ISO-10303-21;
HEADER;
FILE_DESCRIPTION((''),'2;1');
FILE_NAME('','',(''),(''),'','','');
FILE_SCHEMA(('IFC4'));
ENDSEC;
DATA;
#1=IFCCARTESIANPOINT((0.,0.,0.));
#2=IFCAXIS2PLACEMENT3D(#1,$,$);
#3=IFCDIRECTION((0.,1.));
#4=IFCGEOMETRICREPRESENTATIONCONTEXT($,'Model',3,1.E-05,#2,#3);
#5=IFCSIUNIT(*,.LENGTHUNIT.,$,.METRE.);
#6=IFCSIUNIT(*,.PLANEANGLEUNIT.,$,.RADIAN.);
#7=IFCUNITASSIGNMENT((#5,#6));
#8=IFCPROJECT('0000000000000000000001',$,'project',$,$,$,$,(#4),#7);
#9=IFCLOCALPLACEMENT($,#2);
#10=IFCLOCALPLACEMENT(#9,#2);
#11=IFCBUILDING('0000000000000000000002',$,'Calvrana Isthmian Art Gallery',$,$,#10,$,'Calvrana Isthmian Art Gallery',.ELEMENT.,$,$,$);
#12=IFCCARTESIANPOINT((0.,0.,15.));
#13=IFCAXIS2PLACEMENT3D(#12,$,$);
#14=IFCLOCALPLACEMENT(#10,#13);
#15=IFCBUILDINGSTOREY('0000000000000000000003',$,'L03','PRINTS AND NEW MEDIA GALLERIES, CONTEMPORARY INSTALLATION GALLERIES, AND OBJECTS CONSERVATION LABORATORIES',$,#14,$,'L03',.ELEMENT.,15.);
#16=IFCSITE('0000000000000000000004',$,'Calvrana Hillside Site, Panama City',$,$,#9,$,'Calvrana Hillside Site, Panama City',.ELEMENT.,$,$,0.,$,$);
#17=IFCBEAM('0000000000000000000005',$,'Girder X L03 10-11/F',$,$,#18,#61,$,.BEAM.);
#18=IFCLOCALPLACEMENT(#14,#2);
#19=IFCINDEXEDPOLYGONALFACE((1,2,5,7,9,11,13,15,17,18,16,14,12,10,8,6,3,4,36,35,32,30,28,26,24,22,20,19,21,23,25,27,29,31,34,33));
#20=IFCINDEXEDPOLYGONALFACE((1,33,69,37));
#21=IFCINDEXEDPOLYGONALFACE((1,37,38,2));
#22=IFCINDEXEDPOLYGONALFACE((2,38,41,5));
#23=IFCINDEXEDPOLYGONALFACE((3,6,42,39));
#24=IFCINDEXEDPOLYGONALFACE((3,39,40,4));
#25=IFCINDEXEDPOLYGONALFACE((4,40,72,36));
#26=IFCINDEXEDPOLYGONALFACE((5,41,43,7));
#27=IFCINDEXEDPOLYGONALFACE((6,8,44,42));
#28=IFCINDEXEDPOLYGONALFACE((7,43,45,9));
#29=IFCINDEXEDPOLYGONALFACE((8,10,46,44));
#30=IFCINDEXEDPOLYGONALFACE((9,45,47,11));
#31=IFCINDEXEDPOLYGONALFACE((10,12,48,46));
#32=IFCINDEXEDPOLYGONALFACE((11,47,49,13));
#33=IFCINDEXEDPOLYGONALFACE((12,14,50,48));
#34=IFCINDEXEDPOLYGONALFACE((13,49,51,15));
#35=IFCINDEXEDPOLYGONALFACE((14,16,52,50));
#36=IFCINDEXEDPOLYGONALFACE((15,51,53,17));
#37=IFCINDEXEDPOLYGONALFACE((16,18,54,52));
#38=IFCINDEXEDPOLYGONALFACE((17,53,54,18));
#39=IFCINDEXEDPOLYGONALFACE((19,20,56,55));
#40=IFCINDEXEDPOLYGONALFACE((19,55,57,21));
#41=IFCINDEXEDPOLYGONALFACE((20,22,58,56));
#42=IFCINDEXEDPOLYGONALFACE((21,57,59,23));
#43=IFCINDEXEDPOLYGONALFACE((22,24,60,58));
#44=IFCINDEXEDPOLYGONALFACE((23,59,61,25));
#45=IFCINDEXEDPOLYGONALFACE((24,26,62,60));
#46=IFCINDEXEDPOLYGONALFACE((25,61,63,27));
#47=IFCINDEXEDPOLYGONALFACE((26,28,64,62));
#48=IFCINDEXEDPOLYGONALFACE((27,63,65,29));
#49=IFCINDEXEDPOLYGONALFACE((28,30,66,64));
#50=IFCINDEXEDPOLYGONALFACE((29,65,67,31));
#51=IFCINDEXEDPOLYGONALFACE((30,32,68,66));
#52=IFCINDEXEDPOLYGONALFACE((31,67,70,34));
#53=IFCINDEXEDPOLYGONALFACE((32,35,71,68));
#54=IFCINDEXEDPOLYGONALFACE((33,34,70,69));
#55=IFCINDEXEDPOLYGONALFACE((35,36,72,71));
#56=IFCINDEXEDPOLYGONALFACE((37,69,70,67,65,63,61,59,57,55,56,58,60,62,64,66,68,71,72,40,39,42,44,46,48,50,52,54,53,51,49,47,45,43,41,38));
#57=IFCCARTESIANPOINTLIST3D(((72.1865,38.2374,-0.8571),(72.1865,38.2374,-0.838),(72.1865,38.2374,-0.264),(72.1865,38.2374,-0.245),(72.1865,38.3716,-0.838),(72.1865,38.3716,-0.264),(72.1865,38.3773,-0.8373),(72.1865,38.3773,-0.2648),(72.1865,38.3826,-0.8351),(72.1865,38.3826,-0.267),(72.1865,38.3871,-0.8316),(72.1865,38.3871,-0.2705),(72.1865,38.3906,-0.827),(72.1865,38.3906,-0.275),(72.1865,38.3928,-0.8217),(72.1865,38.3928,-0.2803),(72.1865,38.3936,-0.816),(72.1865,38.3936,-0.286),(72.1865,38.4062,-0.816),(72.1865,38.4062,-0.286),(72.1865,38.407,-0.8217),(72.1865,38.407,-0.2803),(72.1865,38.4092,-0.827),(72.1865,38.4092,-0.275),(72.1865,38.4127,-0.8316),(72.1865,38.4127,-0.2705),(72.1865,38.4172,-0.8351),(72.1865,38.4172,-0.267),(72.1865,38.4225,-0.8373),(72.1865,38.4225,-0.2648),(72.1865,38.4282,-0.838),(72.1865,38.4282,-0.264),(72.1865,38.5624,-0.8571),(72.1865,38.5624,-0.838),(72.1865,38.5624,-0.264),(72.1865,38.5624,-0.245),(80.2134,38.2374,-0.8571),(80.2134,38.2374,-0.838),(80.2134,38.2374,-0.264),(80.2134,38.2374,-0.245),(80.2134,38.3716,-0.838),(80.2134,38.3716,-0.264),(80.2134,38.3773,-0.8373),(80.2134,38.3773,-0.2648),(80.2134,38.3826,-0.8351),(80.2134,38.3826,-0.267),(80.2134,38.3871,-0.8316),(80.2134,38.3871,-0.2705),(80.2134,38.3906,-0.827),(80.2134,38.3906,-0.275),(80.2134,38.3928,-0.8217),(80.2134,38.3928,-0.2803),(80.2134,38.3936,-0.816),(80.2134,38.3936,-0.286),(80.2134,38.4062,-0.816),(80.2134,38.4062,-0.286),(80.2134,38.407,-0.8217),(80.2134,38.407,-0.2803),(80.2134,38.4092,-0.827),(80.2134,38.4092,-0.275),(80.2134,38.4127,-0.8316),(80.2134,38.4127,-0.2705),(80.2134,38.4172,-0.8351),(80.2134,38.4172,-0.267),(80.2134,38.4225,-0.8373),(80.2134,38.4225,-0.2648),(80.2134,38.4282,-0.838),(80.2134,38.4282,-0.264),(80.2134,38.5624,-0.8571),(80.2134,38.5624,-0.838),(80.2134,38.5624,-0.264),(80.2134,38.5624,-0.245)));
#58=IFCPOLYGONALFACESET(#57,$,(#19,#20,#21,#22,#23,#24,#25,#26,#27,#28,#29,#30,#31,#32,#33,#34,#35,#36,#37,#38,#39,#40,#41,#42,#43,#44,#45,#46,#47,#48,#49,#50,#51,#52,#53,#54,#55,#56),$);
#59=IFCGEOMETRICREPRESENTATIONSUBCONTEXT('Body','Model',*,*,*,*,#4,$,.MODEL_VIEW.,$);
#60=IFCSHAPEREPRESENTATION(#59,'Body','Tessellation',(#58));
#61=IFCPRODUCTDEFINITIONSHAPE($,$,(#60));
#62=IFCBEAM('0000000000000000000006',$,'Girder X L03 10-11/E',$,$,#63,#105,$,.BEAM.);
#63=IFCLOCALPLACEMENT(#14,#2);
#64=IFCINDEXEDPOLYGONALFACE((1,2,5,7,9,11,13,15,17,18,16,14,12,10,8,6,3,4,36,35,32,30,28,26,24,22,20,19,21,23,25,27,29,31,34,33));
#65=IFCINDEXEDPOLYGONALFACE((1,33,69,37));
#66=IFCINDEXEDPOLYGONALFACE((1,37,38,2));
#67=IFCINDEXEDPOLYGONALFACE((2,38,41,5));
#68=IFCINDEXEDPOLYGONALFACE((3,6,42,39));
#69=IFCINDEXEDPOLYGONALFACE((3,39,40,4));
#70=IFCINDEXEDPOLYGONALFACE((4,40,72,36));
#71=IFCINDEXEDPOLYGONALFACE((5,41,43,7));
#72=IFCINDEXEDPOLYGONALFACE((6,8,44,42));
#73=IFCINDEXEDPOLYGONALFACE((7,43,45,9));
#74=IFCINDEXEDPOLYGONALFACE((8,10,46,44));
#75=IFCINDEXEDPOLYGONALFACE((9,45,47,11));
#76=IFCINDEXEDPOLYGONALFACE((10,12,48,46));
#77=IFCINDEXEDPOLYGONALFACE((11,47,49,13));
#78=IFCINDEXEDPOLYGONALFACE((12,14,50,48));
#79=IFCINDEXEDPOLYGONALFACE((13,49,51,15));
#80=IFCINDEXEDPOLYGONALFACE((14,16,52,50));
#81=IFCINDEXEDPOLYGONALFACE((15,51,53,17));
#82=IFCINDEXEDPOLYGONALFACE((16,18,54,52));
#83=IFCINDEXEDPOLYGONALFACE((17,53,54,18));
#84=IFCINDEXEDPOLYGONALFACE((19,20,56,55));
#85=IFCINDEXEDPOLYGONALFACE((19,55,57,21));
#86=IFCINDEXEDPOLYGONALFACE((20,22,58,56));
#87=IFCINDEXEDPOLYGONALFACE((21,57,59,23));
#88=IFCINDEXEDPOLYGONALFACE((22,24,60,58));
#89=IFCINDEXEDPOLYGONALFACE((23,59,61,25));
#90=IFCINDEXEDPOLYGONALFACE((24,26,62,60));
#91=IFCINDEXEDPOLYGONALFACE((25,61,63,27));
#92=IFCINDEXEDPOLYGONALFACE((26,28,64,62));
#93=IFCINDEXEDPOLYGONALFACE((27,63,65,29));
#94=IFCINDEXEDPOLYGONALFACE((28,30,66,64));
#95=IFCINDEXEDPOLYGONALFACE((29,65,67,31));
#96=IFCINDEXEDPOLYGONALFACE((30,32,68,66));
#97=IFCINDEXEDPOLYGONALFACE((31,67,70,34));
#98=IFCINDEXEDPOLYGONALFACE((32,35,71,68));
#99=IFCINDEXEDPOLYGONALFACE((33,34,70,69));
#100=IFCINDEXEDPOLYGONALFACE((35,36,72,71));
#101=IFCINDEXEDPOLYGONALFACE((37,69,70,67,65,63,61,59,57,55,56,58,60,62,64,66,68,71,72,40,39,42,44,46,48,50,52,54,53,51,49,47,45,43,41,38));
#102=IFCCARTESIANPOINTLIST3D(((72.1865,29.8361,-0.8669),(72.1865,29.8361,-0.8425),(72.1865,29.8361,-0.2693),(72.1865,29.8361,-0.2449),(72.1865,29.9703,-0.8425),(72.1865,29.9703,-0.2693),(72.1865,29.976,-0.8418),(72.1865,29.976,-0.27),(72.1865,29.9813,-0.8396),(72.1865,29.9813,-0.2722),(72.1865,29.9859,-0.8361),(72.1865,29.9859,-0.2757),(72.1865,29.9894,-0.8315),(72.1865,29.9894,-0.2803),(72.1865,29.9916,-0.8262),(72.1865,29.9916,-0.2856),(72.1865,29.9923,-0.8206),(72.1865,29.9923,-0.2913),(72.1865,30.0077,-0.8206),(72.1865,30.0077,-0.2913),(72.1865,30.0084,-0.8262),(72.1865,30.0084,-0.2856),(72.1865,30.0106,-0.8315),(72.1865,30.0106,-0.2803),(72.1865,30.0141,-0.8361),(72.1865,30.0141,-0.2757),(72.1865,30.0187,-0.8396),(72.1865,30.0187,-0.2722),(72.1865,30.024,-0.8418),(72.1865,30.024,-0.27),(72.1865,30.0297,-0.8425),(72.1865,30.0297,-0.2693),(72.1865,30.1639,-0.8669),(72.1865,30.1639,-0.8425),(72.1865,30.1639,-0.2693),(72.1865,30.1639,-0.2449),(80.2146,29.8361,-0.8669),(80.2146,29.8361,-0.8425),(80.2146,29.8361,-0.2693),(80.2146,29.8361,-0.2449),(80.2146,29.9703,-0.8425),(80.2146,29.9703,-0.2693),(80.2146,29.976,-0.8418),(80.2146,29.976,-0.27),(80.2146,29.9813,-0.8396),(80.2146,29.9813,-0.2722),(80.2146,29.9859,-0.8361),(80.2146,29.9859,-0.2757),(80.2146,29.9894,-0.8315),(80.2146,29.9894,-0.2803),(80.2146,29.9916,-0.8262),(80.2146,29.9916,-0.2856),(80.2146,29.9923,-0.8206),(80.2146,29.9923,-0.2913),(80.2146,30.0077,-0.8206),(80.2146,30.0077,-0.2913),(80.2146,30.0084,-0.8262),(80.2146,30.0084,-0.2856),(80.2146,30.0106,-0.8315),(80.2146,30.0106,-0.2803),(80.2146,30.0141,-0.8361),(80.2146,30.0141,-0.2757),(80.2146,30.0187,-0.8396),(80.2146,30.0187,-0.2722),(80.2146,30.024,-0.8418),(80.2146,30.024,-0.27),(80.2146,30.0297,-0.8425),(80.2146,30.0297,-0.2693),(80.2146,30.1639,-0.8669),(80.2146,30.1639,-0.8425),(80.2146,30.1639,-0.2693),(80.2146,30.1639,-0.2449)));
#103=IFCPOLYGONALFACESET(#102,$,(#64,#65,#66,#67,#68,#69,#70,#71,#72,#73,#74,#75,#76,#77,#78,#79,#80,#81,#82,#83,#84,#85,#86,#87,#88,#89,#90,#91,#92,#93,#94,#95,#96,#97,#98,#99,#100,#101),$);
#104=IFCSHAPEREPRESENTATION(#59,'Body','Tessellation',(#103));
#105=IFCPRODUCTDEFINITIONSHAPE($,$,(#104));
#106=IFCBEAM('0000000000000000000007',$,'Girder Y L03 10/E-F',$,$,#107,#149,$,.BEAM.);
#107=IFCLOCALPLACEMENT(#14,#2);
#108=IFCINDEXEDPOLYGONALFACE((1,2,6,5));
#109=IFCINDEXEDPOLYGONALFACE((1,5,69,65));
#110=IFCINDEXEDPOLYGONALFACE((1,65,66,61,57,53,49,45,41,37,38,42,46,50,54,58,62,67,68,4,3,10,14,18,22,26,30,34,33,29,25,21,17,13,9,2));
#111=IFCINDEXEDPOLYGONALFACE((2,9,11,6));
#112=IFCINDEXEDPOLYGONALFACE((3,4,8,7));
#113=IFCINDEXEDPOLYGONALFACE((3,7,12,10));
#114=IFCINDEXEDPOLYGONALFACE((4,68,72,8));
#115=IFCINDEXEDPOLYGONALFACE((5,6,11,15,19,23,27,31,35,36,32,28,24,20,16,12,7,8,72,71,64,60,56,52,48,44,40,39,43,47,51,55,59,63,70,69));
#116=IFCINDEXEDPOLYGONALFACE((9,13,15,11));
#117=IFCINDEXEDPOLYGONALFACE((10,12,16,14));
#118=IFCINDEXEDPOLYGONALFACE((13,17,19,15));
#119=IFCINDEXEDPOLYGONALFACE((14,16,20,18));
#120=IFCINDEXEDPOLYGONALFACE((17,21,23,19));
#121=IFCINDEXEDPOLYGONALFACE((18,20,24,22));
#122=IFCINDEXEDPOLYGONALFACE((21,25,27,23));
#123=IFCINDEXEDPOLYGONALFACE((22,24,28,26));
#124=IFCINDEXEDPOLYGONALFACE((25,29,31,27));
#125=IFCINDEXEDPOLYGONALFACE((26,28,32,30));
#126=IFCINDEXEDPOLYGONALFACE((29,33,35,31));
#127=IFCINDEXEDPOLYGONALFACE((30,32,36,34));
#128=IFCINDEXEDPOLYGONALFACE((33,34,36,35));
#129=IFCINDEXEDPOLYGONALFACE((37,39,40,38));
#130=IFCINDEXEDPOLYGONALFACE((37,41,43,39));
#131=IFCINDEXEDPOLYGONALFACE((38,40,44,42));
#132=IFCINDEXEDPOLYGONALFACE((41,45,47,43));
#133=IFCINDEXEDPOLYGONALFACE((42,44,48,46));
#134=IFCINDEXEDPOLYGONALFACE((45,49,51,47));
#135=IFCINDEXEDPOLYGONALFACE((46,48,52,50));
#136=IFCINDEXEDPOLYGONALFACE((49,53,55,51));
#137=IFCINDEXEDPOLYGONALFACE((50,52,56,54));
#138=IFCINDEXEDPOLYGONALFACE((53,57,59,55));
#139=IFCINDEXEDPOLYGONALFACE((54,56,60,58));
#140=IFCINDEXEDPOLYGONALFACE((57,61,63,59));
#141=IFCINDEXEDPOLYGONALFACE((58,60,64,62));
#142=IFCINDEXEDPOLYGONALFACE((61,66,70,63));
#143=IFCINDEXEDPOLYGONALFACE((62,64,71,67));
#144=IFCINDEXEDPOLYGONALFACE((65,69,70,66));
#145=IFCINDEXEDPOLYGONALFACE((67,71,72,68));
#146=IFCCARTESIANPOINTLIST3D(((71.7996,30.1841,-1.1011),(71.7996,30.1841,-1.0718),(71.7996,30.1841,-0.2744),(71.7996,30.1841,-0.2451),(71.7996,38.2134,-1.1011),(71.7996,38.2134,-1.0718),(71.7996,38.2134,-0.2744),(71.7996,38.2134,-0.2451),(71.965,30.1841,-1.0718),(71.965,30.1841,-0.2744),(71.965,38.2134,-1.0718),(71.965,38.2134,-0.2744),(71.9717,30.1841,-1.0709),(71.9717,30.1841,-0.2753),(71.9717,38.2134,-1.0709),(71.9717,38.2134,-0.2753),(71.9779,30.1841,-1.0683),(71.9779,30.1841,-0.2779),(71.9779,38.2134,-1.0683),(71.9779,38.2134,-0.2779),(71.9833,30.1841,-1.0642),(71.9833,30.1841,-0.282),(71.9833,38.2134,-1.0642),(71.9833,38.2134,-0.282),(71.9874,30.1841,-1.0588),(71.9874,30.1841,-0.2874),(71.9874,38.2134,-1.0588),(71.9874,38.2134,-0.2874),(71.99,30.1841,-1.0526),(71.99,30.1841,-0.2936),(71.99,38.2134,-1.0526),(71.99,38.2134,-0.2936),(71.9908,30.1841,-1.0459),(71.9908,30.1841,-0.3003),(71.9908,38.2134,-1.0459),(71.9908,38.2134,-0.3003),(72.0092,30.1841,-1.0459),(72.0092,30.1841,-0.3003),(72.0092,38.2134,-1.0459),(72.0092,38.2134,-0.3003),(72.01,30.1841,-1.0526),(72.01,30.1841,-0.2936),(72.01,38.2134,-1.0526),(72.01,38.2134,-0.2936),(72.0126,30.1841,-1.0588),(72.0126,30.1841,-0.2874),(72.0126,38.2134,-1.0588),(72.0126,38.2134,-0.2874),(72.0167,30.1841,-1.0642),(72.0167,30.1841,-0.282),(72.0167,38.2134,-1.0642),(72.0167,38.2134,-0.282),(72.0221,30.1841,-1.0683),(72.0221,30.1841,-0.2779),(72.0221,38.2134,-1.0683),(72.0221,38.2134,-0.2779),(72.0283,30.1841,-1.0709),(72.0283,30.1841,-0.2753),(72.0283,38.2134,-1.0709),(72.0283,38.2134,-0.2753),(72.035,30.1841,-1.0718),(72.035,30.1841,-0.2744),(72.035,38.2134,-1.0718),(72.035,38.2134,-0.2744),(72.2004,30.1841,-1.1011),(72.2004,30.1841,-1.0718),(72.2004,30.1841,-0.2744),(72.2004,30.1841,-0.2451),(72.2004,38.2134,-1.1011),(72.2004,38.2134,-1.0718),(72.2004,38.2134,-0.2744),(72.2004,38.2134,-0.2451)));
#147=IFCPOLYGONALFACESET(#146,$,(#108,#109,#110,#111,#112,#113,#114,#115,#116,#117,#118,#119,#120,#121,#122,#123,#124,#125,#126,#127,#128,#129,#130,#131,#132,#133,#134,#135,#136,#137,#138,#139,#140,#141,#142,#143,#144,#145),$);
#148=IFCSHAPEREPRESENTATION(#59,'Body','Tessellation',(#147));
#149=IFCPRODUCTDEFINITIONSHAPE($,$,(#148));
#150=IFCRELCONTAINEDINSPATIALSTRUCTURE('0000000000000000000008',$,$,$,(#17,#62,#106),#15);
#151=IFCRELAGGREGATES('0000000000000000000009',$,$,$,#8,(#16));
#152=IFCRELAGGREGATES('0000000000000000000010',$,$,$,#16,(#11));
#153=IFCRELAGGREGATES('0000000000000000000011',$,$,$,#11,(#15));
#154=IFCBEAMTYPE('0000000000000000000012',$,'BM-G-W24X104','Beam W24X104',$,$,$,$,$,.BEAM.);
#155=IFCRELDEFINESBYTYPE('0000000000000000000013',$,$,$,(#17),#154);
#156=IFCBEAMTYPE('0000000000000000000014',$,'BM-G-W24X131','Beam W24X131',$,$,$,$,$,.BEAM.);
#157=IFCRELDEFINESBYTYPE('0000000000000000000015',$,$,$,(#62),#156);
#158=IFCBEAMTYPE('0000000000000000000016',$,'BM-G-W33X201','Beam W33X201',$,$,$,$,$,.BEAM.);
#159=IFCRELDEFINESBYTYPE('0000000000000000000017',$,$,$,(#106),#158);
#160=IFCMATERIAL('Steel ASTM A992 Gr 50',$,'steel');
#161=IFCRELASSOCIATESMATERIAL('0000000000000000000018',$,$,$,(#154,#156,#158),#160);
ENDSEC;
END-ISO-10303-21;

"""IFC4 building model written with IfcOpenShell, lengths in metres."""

from ifc_helpers import new_model, si_unit, direction, frame, origin, origin_2d, place, context, subcontext, project, spatial, i_section, extrude, material, material_profile, profile_set, type_object, element, save


model = new_model("IFC4")

# Units and contexts
model_context = context("Model", 3, precision=1e-05, world=origin(), true_north=direction((0.0, 1.0)))
body_context = subcontext(model_context, "Body", "Model", "MODEL_VIEW")
ifc_project = project(units=[si_unit("LENGTHUNIT", "METRE"), si_unit("PLANEANGLEUNIT", "RADIAN")], contexts=[model_context])

# Site, building, storey
site_placement = place(None, origin())
site = spatial("IfcSite", under=ifc_project, at=site_placement, Name="Calvrana Hillside Site, Panama City", LongName="Calvrana Hillside Site, Panama City", CompositionType="ELEMENT", RefElevation=0.0)
building_placement = place(site_placement, origin())
building = spatial("IfcBuilding", under=site, at=building_placement, Name="Calvrana Isthmian Art Gallery", LongName="Calvrana Isthmian Art Gallery", CompositionType="ELEMENT")
storey_placement = place(building_placement, frame((0.0, 0.0, 15.0)))
storey = spatial("IfcBuildingStorey", under=building, at=storey_placement, Name="L03", Description="PRINTS AND NEW MEDIA GALLERIES, CONTEMPORARY INSTALLATION GALLERIES, AND OBJECTS CONSERVATION LABORATORIES", LongName="L03", CompositionType="ELEMENT", Elevation=15.0)

# Shared definitions
ifc_material_1 = material(Name="Steel ASTM A992 Gr 50", Category="steel")

# Beams
ifc_material_profile_1 = material_profile(ifc_material_1, i_section(OverallWidth=0.325, OverallDepth=0.6121, WebThickness=0.0127, FlangeThickness=0.019, FilletRadius=0.022, at=origin_2d()), Name="W24X104")
ifc_profile_set_1 = profile_set([ifc_material_profile_1], Name="Steel ASTM A992 Gr 50")
beam_type_1 = type_object("IfcBeamType", Name="BM-G-W24X104", Description="Beam W24X104", PredefinedType="BEAM", material=ifc_profile_set_1)
beam_1_placement = place(storey_placement, frame((72.1865, 38.3999, -0.551), z_axis=(1.0, 0.0, 0.0), x_axis=(0.0, 1.0, 0.0)))
element("IfcBeam", 1, at=beam_1_placement, inside=storey, type_object=beam_type_1, Name="Girder X L03 10-11/F", PredefinedType="BEAM", context=body_context, shape_type="SweptSolid", body=[
    extrude(i_section(OverallWidth=0.325, OverallDepth=0.6121, WebThickness=0.0127, FlangeThickness=0.019, FilletRadius=0.022, at=origin_2d()), origin(), (0.0, 0.0, 1.0), 8.0269),
])
ifc_material_profile_2 = material_profile(ifc_material_1, i_section(OverallWidth=0.3279, OverallDepth=0.6221, WebThickness=0.0154, FlangeThickness=0.0244, FilletRadius=0.022, at=origin_2d()), Name="W24X131")
ifc_profile_set_2 = profile_set([ifc_material_profile_2], Name="Steel ASTM A992 Gr 50")
beam_type_2 = type_object("IfcBeamType", Name="BM-G-W24X131", Description="Beam W24X131", PredefinedType="BEAM", material=ifc_profile_set_2)
beam_2_placement = place(storey_placement, frame((72.1865, 30.0, -0.5559), z_axis=(1.0, 0.0, 0.0), x_axis=(0.0, 1.0, 0.0)))
element("IfcBeam", 2, at=beam_2_placement, inside=storey, type_object=beam_type_2, Name="Girder X L03 10-11/E", PredefinedType="BEAM", context=body_context, shape_type="SweptSolid", body=[
    extrude(i_section(OverallWidth=0.3279, OverallDepth=0.6221, WebThickness=0.0154, FlangeThickness=0.0244, FilletRadius=0.022, at=origin_2d()), origin(), (0.0, 0.0, 1.0), 8.0281),
])
ifc_material_profile_3 = material_profile(ifc_material_1, i_section(OverallWidth=0.4009, OverallDepth=0.856, WebThickness=0.0183, FlangeThickness=0.0293, FilletRadius=0.0259, at=origin_2d()), Name="W33X201")
ifc_profile_set_3 = profile_set([ifc_material_profile_3], Name="Steel ASTM A992 Gr 50")
beam_type_3 = type_object("IfcBeamType", Name="BM-G-W33X201", Description="Beam W33X201", PredefinedType="BEAM", material=ifc_profile_set_3)
beam_3_placement = place(storey_placement, frame((72.0, 30.1841, -0.6731), z_axis=(0.0, 1.0, 0.0), x_axis=(-1.0, 0.0, 0.0)))
element("IfcBeam", 3, at=beam_3_placement, inside=storey, type_object=beam_type_3, Name="Girder Y L03 10/E-F", PredefinedType="BEAM", context=body_context, shape_type="SweptSolid", body=[
    extrude(i_section(OverallWidth=0.4009, OverallDepth=0.856, WebThickness=0.0183, FlangeThickness=0.0293, FilletRadius=0.0259, at=origin_2d()), origin(), (0.0, 0.0, 1.0), 8.0293),
])

save(model, "model.ifc")
